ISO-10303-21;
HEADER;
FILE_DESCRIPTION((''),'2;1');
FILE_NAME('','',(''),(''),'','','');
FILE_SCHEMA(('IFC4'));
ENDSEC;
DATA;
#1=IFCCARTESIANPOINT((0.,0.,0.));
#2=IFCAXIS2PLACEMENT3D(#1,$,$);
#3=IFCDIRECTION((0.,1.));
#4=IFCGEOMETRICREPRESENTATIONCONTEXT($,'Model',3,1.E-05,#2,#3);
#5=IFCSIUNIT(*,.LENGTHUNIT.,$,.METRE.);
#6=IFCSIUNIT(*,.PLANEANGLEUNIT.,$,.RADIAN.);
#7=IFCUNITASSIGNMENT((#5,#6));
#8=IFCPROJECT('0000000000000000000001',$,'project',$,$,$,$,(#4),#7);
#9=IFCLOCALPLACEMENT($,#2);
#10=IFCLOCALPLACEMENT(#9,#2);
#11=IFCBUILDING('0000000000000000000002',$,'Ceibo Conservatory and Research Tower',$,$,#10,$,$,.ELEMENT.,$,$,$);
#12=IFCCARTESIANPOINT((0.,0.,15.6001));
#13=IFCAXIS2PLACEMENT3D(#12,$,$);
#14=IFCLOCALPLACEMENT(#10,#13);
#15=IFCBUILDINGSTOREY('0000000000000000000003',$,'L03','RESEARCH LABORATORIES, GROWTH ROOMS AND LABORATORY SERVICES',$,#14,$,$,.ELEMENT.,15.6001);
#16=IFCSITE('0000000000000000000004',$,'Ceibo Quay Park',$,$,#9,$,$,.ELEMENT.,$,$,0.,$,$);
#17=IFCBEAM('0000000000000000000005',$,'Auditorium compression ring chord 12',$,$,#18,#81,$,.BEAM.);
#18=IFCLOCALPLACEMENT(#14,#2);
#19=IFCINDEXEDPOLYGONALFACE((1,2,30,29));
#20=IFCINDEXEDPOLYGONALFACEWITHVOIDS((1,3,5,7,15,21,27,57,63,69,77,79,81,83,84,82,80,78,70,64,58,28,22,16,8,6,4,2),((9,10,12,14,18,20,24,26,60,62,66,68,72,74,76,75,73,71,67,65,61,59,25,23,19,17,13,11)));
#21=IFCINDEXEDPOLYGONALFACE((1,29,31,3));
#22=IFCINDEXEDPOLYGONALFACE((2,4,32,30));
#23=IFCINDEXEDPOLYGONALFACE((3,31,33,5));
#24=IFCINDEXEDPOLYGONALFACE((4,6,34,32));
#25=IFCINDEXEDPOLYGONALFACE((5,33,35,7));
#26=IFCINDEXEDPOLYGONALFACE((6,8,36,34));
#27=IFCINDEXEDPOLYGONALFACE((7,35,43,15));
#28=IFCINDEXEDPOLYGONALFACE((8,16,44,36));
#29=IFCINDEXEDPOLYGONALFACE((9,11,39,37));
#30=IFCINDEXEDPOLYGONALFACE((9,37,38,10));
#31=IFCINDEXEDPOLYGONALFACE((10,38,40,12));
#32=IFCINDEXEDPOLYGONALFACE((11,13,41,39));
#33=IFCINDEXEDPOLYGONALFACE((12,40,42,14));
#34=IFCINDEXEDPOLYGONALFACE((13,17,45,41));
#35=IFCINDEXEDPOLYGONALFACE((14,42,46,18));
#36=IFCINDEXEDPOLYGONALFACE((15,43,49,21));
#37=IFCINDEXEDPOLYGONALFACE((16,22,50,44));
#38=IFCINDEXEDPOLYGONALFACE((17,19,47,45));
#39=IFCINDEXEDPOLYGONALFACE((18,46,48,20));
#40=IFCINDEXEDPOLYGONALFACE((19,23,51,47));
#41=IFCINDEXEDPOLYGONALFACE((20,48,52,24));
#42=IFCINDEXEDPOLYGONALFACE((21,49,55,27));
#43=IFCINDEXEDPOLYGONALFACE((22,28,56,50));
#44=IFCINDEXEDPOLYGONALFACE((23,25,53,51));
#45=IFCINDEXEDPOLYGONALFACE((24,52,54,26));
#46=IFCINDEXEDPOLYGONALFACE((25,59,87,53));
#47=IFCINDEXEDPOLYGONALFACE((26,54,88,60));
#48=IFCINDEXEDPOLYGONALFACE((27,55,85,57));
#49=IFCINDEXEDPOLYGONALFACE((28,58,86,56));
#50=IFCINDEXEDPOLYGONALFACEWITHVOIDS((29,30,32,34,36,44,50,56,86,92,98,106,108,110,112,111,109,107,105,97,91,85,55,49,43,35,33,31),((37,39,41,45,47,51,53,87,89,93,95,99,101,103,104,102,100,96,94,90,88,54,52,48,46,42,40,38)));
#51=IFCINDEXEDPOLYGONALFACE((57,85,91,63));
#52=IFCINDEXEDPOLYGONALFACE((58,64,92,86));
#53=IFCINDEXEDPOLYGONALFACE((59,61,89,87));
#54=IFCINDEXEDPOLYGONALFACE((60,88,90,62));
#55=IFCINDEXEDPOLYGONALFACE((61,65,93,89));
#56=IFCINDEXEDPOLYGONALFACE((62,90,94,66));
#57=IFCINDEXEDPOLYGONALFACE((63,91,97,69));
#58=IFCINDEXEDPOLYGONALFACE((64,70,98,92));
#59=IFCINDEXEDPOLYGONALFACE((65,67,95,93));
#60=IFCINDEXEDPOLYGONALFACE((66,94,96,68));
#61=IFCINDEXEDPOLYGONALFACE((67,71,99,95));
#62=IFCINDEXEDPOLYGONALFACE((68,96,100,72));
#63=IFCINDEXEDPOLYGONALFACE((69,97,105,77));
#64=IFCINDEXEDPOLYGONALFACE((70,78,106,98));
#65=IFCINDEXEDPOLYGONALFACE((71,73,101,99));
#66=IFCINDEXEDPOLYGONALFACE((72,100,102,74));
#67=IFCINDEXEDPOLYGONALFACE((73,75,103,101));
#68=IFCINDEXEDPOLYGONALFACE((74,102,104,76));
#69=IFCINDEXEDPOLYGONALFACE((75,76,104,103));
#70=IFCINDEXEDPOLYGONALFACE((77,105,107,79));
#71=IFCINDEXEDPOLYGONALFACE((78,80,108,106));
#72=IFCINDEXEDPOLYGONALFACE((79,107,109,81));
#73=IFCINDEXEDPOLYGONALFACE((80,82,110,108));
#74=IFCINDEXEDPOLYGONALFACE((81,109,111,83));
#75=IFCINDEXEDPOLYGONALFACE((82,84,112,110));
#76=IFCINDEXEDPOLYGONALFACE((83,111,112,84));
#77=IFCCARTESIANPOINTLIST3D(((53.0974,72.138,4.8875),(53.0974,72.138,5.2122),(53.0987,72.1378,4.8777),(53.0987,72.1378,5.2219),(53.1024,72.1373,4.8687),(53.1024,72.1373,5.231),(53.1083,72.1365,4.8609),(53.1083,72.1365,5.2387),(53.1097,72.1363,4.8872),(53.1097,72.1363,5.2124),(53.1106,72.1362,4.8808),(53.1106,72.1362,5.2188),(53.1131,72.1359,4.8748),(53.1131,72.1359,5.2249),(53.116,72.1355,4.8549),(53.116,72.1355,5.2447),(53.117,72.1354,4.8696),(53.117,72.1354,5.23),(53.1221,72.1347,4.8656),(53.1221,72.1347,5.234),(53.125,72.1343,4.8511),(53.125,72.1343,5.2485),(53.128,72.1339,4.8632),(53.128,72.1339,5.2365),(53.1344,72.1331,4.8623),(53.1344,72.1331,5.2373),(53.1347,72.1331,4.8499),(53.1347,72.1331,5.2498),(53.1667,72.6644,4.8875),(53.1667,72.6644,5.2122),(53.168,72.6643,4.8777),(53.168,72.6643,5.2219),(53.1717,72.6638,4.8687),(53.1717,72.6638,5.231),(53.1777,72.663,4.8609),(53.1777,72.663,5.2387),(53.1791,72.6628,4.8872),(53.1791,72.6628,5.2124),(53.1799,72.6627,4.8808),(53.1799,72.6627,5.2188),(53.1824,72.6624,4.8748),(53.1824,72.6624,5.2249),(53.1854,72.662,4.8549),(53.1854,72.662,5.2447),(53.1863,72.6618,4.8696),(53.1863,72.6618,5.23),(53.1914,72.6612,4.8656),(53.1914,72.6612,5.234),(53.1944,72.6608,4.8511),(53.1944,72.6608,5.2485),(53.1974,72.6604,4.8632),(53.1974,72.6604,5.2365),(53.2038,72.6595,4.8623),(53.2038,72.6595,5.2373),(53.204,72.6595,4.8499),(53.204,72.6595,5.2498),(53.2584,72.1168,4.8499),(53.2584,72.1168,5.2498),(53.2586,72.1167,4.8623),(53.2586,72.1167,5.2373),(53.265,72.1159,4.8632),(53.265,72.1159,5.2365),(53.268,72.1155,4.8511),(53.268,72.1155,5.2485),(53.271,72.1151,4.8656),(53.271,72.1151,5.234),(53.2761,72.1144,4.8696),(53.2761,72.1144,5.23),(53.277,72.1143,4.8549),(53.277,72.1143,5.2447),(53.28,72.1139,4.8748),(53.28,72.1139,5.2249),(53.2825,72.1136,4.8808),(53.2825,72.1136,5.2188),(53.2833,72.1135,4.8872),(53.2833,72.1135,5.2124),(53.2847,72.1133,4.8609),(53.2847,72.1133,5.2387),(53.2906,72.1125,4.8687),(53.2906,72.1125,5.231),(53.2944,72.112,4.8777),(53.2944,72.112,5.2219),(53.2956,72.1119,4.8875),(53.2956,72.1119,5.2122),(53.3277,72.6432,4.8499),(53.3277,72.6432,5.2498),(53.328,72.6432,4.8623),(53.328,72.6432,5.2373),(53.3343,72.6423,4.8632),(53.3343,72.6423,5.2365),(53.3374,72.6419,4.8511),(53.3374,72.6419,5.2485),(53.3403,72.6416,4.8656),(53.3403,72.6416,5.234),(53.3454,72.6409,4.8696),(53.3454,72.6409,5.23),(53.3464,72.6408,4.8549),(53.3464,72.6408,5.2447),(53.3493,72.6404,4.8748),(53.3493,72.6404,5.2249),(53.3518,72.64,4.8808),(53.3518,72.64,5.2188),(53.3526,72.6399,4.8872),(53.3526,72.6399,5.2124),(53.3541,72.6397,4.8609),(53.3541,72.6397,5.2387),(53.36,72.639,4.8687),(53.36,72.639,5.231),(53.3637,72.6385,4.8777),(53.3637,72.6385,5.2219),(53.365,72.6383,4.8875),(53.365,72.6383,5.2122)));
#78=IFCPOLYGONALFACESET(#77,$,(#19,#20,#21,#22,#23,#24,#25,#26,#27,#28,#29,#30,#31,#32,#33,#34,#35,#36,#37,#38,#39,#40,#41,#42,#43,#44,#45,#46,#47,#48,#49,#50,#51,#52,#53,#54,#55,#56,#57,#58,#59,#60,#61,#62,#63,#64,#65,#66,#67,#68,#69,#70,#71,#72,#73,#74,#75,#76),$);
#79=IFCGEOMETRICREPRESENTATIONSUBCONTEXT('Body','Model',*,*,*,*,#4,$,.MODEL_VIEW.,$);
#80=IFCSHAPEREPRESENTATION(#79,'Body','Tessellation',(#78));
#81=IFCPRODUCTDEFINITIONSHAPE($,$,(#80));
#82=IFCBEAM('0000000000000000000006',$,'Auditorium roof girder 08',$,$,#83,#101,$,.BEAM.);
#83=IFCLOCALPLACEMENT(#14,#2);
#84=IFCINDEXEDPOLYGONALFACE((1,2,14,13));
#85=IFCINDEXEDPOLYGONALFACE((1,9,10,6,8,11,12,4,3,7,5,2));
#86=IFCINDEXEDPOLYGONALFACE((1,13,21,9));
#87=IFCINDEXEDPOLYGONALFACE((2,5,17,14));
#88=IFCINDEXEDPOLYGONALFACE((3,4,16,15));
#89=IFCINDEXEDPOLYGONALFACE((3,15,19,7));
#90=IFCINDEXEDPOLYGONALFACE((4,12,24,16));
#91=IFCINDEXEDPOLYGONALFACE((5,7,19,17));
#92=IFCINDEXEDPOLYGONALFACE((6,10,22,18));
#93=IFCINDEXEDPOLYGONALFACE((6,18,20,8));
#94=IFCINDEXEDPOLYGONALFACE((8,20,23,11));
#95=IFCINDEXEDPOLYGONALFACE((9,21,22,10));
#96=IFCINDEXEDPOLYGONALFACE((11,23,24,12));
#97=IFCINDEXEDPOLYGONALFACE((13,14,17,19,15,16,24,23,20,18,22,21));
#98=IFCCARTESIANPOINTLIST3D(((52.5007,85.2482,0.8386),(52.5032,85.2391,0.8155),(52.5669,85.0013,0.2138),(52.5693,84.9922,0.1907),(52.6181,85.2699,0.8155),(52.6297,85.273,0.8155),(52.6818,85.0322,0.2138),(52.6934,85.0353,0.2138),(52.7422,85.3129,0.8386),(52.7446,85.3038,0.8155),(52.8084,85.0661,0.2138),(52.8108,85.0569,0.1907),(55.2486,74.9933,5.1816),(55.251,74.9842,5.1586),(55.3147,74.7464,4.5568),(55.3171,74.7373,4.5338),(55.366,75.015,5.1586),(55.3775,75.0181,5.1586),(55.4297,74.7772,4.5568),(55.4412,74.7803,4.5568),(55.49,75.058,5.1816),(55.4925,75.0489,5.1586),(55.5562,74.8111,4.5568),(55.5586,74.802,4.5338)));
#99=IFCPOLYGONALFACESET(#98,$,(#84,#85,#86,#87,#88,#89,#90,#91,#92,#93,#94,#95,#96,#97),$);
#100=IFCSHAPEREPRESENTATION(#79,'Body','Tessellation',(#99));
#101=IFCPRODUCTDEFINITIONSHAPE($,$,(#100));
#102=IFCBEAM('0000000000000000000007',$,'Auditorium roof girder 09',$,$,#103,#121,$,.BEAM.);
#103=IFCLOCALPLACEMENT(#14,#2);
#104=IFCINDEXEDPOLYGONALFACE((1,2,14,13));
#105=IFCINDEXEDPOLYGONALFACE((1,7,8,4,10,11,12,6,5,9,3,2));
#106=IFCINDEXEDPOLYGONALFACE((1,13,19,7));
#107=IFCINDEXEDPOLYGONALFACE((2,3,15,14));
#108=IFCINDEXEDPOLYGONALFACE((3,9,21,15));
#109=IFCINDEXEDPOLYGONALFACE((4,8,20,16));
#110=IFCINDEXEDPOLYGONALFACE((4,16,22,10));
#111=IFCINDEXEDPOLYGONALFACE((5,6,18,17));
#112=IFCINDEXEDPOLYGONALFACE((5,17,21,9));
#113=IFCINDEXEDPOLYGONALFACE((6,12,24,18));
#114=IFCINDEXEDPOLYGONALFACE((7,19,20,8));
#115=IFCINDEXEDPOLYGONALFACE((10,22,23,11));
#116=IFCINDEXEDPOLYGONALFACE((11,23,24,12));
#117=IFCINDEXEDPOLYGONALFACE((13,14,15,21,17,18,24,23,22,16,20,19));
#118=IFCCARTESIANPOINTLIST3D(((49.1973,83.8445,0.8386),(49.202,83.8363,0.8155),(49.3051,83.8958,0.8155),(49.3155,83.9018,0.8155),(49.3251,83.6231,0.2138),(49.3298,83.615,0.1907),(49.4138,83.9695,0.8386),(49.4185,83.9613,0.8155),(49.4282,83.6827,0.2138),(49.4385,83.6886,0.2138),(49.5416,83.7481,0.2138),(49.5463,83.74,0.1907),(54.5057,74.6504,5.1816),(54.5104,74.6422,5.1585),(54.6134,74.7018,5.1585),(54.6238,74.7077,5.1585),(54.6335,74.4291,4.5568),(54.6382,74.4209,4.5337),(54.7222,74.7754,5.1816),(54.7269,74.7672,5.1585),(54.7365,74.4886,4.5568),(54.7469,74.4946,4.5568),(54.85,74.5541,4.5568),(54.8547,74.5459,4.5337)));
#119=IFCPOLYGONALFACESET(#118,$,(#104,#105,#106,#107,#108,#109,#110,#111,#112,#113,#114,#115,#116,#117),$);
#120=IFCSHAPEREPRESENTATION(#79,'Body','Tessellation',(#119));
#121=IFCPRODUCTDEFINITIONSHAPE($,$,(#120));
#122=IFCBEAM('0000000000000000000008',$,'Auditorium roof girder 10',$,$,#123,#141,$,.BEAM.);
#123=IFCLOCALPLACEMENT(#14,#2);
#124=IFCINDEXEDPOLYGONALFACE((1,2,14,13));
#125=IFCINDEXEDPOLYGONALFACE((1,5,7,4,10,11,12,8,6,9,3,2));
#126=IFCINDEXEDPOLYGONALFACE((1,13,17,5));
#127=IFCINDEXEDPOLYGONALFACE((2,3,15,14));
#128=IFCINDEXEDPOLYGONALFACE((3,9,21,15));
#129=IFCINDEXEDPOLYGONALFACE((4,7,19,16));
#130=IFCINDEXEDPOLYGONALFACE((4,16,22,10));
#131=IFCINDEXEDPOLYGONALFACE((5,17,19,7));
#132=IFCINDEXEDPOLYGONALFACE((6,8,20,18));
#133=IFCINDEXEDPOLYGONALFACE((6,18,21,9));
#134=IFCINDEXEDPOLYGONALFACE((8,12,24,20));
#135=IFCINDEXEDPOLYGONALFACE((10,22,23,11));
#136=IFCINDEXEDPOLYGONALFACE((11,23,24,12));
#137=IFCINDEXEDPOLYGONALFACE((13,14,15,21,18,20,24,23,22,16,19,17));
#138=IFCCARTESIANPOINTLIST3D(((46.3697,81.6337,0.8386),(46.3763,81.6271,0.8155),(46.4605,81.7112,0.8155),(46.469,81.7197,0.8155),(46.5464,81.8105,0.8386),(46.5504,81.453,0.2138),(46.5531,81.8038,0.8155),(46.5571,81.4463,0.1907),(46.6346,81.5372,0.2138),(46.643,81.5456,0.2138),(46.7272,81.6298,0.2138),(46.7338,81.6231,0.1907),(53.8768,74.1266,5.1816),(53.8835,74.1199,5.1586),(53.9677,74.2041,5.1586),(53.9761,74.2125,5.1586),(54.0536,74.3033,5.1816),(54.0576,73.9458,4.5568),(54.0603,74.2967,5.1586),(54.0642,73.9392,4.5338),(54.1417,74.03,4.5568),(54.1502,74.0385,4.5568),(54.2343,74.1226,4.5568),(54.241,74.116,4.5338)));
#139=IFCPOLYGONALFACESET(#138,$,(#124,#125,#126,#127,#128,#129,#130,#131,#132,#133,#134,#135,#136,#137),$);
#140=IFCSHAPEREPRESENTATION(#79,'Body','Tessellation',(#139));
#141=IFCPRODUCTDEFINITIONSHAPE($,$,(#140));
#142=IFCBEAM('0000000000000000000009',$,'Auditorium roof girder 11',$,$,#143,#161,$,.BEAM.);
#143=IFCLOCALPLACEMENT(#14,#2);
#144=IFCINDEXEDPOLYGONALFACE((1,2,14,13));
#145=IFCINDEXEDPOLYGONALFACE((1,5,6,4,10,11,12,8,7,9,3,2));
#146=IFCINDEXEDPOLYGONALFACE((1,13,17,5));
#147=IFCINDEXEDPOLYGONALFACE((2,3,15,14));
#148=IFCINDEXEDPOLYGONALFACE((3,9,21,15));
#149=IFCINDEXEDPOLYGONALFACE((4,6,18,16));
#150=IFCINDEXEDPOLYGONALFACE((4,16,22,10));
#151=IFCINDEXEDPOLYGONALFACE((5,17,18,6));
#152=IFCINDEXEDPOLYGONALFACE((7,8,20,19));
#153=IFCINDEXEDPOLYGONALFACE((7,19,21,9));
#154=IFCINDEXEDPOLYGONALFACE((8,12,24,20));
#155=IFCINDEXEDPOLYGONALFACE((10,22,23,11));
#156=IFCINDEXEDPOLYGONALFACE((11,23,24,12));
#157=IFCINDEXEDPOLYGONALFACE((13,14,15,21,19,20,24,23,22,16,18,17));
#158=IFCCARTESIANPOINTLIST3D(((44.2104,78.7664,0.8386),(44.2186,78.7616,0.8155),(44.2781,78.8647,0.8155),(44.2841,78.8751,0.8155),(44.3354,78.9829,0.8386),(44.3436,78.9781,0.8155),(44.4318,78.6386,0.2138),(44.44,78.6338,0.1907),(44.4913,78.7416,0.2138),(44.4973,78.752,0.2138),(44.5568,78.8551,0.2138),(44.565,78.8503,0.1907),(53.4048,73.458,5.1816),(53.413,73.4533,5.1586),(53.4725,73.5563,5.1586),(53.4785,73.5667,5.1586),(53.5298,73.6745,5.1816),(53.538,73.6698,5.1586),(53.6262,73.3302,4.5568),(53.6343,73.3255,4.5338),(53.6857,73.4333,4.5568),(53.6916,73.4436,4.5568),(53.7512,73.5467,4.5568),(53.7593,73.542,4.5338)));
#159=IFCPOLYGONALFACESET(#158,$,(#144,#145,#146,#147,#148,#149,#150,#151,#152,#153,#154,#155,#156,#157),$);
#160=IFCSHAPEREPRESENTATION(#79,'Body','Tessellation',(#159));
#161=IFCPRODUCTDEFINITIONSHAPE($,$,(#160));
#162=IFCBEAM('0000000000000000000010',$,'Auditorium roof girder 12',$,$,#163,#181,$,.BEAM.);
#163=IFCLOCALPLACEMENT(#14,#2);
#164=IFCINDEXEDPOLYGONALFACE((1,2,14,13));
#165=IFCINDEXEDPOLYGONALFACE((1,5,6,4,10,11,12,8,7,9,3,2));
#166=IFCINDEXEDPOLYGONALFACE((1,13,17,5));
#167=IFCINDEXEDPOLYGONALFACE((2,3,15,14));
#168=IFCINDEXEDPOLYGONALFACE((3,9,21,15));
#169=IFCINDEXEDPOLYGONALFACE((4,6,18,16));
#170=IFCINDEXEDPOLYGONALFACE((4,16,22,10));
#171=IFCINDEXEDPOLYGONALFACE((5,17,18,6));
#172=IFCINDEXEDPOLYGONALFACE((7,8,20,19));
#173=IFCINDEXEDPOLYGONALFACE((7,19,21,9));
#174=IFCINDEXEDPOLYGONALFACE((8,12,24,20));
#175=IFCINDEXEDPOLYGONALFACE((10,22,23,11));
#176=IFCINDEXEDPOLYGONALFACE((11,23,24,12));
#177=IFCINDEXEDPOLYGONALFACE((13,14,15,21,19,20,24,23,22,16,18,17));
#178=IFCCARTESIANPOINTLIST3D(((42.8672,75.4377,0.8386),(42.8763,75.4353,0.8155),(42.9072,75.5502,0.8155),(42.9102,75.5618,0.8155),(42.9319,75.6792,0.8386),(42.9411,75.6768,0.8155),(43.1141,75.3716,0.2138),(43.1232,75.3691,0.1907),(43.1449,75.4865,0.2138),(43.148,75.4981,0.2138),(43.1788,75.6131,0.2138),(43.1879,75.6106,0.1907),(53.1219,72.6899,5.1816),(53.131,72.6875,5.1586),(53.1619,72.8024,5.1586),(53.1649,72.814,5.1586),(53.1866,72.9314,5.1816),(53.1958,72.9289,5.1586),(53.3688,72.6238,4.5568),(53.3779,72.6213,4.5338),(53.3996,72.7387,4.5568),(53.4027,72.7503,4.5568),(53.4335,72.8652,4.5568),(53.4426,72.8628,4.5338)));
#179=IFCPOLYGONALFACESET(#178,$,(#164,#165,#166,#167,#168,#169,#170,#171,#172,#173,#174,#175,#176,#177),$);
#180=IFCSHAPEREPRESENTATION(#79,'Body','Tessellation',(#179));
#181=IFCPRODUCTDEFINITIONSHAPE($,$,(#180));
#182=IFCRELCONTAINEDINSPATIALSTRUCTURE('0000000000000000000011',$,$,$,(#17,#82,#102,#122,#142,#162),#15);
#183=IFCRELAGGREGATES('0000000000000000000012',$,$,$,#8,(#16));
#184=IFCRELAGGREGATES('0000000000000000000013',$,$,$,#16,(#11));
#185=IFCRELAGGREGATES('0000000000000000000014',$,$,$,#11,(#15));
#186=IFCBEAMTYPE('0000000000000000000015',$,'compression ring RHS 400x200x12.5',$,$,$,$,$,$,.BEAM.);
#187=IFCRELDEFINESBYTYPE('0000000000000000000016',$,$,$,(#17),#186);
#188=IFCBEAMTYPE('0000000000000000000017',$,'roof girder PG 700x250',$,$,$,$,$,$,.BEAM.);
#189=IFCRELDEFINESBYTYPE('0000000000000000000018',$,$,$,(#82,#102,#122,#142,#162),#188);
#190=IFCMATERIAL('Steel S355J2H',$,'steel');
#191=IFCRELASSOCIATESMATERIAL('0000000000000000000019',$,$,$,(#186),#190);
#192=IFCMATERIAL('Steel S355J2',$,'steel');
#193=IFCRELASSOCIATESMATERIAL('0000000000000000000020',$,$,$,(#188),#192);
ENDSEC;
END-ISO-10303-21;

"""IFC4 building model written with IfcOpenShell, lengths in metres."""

from ifc_helpers import new_model, si_unit, direction, frame, origin, origin_2d, place, context, subcontext, project, spatial, hollow_rectangle, i_section, extrude, material, material_profile, profile_set, type_object, element, save


model = new_model("IFC4")

# Units and contexts
model_context = context("Model", 3, precision=1e-05, world=origin(), true_north=direction((0.0, 1.0)))
body_context = subcontext(model_context, "Body", "Model", "MODEL_VIEW")
ifc_project = project(units=[si_unit("LENGTHUNIT", "METRE"), si_unit("PLANEANGLEUNIT", "RADIAN")], contexts=[model_context])

# Site, building, storey
site_placement = place(None, origin())
site = spatial("IfcSite", under=ifc_project, at=site_placement, Name="Ceibo Quay Park", CompositionType="ELEMENT", RefElevation=0.0)
building_placement = place(site_placement, origin())
building = spatial("IfcBuilding", under=site, at=building_placement, Name="Ceibo Conservatory and Research Tower", CompositionType="ELEMENT")
storey_placement = place(building_placement, frame((0.0, 0.0, 15.6001)))
storey = spatial("IfcBuildingStorey", under=building, at=storey_placement, Name="L03", Description="RESEARCH LABORATORIES, GROWTH ROOMS AND LABORATORY SERVICES", CompositionType="ELEMENT", Elevation=15.6001)

# Beams
ifc_material_1 = material(Name="Steel S355J2H", Category="steel")
ifc_material_profile_1 = material_profile(ifc_material_1, hollow_rectangle(XDim=0.2, YDim=0.3999, WallThickness=0.0125, InnerFilletRadius=0.0249, OuterFilletRadius=0.0376, at=origin_2d()), Name="RHS 400x200x12.5")
ifc_profile_set_1 = profile_set([ifc_material_profile_1], Name="Steel S355J2H")
beam_type_1 = type_object("IfcBeamType", Name="compression ring RHS 400x200x12.5", PredefinedType="BEAM", material=ifc_profile_set_1)
for number, where, z_axis, x_axis, name in (
    (1, (53.2659, 72.6514, 5.0498), (-0.130597, -0.991436, 0.0), (0.991436, -0.130597, 0.0), "Auditorium compression ring chord 12"),
):
    element("IfcBeam", number, at=place(storey_placement, frame(where, z_axis=z_axis, x_axis=x_axis)), inside=storey, type_object=beam_type_1, Name=name, PredefinedType="BEAM", context=body_context, shape_type="SweptSolid", body=[
        extrude(hollow_rectangle(XDim=0.2, YDim=0.3999, WallThickness=0.0125, InnerFilletRadius=0.0249, OuterFilletRadius=0.0376, at=origin_2d()), origin(), (0.0, 0.0, 1.0), 0.531),
    ])
ifc_material_2 = material(Name="Steel S355J2", Category="steel")
ifc_material_profile_2 = material_profile(ifc_material_2, i_section(OverallWidth=0.25, OverallDepth=0.7, WebThickness=0.012, FlangeThickness=0.0249, at=origin_2d()), Name="PG 700x250")
ifc_profile_set_2 = profile_set([ifc_material_profile_2], Name="Steel S355J2")
beam_type_2 = type_object("IfcBeamType", Name="roof girder PG 700x250", PredefinedType="BEAM", material=ifc_profile_set_2)
beam_1_placement = place(storey_placement, frame((52.6558, 85.1526, 0.5146), z_axis=(0.239552, -0.894014, 0.378621), x_axis=(0.965925, 0.25882, 0.0)))
element("IfcBeam", 2, at=beam_1_placement, inside=storey, type_object=beam_type_2, Name="Auditorium roof girder 08", PredefinedType="BEAM", context=body_context, shape_type="SweptSolid", body=[
    extrude(i_section(OverallWidth=0.25, OverallDepth=0.7, WebThickness=0.012, FlangeThickness=0.0249, at=origin_2d()), origin(), (0.0, 0.0, 1.0), 11.4707),
])
beam_2_placement = place(storey_placement, frame((49.3718, 83.7922, 0.5146), z_axis=(0.462784, -0.801544, 0.378626), x_axis=(0.86602, 0.50001, 0.0)))
element("IfcBeam", 3, at=beam_2_placement, inside=storey, type_object=beam_type_2, Name="Auditorium roof girder 09", PredefinedType="BEAM", context=body_context, shape_type="SweptSolid", body=[
    extrude(i_section(OverallWidth=0.25, OverallDepth=0.7, WebThickness=0.012, FlangeThickness=0.0249, at=origin_2d()), origin(), (0.0, 0.0, 1.0), 11.4705),
])
for number, where, z_axis, x_axis, name in (
    (4, (46.5518, 81.6284, 0.5146), (0.654464, -0.654464, 0.378622), (0.707107, 0.707107, 0.0), "Auditorium roof girder 10"),
    (5, (44.3877, 78.8083, 0.5146), (0.801552, -0.462776, 0.378619), (0.5, 0.866026, 0.0), "Auditorium roof girder 11"),
):
    element("IfcBeam", number, at=place(storey_placement, frame(where, z_axis=z_axis, x_axis=x_axis)), inside=storey, type_object=beam_type_2, Name=name, PredefinedType="BEAM", context=body_context, shape_type="SweptSolid", body=[
        extrude(i_section(OverallWidth=0.25, OverallDepth=0.7, WebThickness=0.012, FlangeThickness=0.0249, at=origin_2d()), origin(), (0.0, 0.0, 1.0), 11.4707),
    ])
beam_3_placement = place(storey_placement, frame((43.0276, 75.5242, 0.5146), z_axis=(0.89401, -0.239556, 0.378629), x_axis=(0.258826, 0.965924, 0.0)))
element("IfcBeam", 6, at=beam_3_placement, inside=storey, type_object=beam_type_2, Name="Auditorium roof girder 12", PredefinedType="BEAM", context=body_context, shape_type="SweptSolid", body=[
    extrude(i_section(OverallWidth=0.25, OverallDepth=0.7, WebThickness=0.012, FlangeThickness=0.0249, at=origin_2d()), origin(), (0.0, 0.0, 1.0), 11.4705),
])

save(model, "model.ifc")
